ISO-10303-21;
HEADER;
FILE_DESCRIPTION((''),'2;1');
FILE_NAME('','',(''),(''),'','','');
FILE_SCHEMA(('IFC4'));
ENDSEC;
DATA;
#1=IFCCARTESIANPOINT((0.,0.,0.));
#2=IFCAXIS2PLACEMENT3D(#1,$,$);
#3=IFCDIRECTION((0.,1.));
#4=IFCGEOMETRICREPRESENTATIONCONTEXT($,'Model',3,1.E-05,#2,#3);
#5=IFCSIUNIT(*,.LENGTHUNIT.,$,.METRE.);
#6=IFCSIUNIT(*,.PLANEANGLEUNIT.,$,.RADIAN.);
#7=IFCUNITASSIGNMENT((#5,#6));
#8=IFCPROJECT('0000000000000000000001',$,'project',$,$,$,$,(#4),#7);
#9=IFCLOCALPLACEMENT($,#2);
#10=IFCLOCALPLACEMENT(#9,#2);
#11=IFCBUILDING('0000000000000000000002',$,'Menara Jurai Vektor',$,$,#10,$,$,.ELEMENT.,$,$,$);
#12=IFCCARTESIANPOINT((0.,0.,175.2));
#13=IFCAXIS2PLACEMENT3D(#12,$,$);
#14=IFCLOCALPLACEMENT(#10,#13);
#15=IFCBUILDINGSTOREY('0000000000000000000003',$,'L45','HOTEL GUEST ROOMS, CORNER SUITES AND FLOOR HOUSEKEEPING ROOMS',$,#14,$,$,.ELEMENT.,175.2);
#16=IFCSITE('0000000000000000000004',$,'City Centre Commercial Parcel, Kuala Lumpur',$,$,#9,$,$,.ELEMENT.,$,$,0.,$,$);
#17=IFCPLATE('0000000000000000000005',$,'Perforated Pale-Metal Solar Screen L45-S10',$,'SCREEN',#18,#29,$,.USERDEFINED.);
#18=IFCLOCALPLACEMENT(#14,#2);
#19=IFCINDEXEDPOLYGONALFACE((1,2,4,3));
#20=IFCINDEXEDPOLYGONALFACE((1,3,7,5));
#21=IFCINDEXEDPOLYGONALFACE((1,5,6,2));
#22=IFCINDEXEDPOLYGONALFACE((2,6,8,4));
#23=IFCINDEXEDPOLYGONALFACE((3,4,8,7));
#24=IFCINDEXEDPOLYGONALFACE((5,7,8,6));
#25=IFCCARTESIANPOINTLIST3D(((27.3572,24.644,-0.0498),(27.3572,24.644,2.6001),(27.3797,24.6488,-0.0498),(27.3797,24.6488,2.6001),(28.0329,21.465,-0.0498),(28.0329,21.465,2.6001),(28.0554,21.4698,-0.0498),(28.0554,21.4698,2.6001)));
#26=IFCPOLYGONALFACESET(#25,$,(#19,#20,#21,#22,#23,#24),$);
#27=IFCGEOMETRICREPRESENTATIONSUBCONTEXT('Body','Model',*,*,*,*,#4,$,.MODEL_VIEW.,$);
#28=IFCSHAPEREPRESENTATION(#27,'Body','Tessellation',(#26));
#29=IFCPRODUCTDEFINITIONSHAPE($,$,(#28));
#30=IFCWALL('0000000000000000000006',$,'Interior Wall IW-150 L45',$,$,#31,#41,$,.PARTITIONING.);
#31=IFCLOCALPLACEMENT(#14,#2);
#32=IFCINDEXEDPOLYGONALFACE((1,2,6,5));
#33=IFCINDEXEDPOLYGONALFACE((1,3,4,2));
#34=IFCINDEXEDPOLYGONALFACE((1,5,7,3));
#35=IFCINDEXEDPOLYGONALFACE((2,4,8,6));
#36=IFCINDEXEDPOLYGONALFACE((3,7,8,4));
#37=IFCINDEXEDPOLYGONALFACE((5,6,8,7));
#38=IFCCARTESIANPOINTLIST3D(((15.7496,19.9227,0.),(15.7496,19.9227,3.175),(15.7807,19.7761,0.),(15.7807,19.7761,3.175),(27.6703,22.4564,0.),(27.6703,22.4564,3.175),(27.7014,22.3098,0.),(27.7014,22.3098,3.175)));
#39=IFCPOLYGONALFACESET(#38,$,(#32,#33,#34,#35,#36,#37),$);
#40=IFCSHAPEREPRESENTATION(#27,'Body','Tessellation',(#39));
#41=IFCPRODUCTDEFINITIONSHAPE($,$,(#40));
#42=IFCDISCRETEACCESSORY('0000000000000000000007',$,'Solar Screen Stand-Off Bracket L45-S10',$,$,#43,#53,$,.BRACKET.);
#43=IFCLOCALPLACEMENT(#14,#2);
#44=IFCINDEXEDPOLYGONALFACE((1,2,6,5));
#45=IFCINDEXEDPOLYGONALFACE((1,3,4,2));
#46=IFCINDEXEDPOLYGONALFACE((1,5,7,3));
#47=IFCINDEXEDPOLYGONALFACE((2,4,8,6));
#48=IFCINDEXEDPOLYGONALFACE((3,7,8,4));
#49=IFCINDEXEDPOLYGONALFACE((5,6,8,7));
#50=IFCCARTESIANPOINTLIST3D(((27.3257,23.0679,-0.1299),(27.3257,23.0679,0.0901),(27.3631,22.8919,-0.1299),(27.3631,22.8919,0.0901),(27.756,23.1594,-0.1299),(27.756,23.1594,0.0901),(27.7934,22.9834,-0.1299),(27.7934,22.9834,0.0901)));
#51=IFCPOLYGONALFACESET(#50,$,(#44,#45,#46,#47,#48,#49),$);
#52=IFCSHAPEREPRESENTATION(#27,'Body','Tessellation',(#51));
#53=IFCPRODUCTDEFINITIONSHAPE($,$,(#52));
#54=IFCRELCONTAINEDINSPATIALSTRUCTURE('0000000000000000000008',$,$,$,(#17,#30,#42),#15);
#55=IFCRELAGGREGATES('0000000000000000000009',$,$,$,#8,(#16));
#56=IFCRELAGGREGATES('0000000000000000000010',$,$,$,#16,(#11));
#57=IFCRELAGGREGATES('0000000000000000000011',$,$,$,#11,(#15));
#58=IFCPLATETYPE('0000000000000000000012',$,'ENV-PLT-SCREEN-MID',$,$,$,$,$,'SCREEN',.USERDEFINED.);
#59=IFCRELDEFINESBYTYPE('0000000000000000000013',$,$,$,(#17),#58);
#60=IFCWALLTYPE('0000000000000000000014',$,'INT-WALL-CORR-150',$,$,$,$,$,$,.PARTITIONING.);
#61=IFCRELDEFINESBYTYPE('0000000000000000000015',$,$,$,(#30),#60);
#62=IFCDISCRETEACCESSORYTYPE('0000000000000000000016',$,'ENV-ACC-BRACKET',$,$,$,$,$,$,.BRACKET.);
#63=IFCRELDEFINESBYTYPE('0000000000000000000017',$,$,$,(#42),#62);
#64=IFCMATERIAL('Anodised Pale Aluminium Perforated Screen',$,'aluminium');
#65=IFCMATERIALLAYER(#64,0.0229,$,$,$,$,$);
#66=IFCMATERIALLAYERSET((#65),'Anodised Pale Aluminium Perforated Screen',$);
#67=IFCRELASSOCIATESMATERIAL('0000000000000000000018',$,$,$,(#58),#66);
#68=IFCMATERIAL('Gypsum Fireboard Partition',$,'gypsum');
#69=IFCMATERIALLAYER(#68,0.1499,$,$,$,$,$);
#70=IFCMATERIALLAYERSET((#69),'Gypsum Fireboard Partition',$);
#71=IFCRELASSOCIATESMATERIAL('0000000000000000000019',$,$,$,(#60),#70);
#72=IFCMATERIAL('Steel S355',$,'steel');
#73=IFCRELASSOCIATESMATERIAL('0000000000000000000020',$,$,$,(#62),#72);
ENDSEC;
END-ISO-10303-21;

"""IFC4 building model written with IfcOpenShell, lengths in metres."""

from ifc_helpers import new_model, si_unit, direction, frame, frame_2d, origin, origin_2d, place, context, subcontext, project, spatial, rectangle, extrude, material, layer, layer_set, type_object, element, save


model = new_model("IFC4")

# Units and contexts
model_context = context("Model", 3, precision=1e-05, world=origin(), true_north=direction((0.0, 1.0)))
body_context = subcontext(model_context, "Body", "Model", "MODEL_VIEW")
ifc_project = project(units=[si_unit("LENGTHUNIT", "METRE"), si_unit("PLANEANGLEUNIT", "RADIAN")], contexts=[model_context])

# Site, building, storey
site_placement = place(None, origin())
site = spatial("IfcSite", under=ifc_project, at=site_placement, Name="City Centre Commercial Parcel, Kuala Lumpur", CompositionType="ELEMENT", RefElevation=0.0)
building_placement = place(site_placement, origin())
building = spatial("IfcBuilding", under=site, at=building_placement, Name="Menara Jurai Vektor", CompositionType="ELEMENT")
storey_placement = place(building_placement, frame((0.0, 0.0, 175.2)))
storey = spatial("IfcBuildingStorey", under=building, at=storey_placement, Name="L45", Description="HOTEL GUEST ROOMS, CORNER SUITES AND FLOOR HOUSEKEEPING ROOMS", CompositionType="ELEMENT", Elevation=175.2)

# Shared definitions
ifc_material_1 = material(Name="Steel S355", Category="steel")

# Plate
ifc_material_2 = material(Name="Anodised Pale Aluminium Perforated Screen", Category="aluminium")
ifc_layer_1 = layer(ifc_material_2, 0.0229)
ifc_layer_set_1 = layer_set([ifc_layer_1], Name="Anodised Pale Aluminium Perforated Screen")
plate_type_1 = type_object("IfcPlateType", Name="ENV-PLT-SCREEN-MID", ElementType="SCREEN", PredefinedType="USERDEFINED", material=ifc_layer_set_1)
plate_1_placement = place(storey_placement, frame((27.7063, 23.0569, -0.0498), z_axis=(0.0, 0.0, 1.0), x_axis=(-0.207912, 0.978148, 0.0)))
element("IfcPlate", 1, at=plate_1_placement, inside=storey, type_object=plate_type_1, Name="Perforated Pale-Metal Solar Screen L45-S10", ObjectType="SCREEN", PredefinedType="USERDEFINED", context=body_context, shape_type="SweptSolid", body=[
    extrude(rectangle(XDim=3.25, YDim=0.0229, at=origin_2d()), origin(), (0.0, 0.0, 1.0), 2.6499),
])

# Wall
ifc_material_3 = material(Name="Gypsum Fireboard Partition", Category="gypsum")
ifc_layer_2 = layer(ifc_material_3, 0.1499)
ifc_layer_set_2 = layer_set([ifc_layer_2], Name="Gypsum Fireboard Partition")
wall_type = type_object("IfcWallType", Name="INT-WALL-CORR-150", PredefinedType="PARTITIONING", material=ifc_layer_set_2)
wall_1_placement = place(storey_placement, frame((15.7651, 19.8494, 0.0), z_axis=(0.0, 0.0, 1.0), x_axis=(0.97815, 0.207902, 0.0)))
element("IfcWall", 2, at=wall_1_placement, inside=storey, type_object=wall_type, Name="Interior Wall IW-150 L45", PredefinedType="PARTITIONING", context=body_context, shape_type="SweptSolid", body=[
    extrude(rectangle(XDim=12.187, YDim=0.1499, at=frame_2d((6.0935, 0.0))), origin(), (0.0, 0.0, 1.0), 3.175),
])

# Discrete accessory
discrete_accessory_type = type_object("IfcDiscreteAccessoryType", Name="ENV-ACC-BRACKET", PredefinedType="BRACKET", material=ifc_material_1)
discrete_accessory_placement = place(storey_placement, frame((27.5596, 23.0256, -0.1299), z_axis=(0.0, 0.0, 1.0), x_axis=(-0.207912, 0.978148, 0.0)))
element("IfcDiscreteAccessory", 3, at=discrete_accessory_placement, inside=storey, type_object=discrete_accessory_type, Name="Solar Screen Stand-Off Bracket L45-S10", PredefinedType="BRACKET", context=body_context, shape_type="SweptSolid", body=[
    extrude(rectangle(XDim=0.1799, YDim=0.4399, at=origin_2d()), origin(), (0.0, 0.0, 1.0), 0.22),
])

save(model, "model.ifc")
